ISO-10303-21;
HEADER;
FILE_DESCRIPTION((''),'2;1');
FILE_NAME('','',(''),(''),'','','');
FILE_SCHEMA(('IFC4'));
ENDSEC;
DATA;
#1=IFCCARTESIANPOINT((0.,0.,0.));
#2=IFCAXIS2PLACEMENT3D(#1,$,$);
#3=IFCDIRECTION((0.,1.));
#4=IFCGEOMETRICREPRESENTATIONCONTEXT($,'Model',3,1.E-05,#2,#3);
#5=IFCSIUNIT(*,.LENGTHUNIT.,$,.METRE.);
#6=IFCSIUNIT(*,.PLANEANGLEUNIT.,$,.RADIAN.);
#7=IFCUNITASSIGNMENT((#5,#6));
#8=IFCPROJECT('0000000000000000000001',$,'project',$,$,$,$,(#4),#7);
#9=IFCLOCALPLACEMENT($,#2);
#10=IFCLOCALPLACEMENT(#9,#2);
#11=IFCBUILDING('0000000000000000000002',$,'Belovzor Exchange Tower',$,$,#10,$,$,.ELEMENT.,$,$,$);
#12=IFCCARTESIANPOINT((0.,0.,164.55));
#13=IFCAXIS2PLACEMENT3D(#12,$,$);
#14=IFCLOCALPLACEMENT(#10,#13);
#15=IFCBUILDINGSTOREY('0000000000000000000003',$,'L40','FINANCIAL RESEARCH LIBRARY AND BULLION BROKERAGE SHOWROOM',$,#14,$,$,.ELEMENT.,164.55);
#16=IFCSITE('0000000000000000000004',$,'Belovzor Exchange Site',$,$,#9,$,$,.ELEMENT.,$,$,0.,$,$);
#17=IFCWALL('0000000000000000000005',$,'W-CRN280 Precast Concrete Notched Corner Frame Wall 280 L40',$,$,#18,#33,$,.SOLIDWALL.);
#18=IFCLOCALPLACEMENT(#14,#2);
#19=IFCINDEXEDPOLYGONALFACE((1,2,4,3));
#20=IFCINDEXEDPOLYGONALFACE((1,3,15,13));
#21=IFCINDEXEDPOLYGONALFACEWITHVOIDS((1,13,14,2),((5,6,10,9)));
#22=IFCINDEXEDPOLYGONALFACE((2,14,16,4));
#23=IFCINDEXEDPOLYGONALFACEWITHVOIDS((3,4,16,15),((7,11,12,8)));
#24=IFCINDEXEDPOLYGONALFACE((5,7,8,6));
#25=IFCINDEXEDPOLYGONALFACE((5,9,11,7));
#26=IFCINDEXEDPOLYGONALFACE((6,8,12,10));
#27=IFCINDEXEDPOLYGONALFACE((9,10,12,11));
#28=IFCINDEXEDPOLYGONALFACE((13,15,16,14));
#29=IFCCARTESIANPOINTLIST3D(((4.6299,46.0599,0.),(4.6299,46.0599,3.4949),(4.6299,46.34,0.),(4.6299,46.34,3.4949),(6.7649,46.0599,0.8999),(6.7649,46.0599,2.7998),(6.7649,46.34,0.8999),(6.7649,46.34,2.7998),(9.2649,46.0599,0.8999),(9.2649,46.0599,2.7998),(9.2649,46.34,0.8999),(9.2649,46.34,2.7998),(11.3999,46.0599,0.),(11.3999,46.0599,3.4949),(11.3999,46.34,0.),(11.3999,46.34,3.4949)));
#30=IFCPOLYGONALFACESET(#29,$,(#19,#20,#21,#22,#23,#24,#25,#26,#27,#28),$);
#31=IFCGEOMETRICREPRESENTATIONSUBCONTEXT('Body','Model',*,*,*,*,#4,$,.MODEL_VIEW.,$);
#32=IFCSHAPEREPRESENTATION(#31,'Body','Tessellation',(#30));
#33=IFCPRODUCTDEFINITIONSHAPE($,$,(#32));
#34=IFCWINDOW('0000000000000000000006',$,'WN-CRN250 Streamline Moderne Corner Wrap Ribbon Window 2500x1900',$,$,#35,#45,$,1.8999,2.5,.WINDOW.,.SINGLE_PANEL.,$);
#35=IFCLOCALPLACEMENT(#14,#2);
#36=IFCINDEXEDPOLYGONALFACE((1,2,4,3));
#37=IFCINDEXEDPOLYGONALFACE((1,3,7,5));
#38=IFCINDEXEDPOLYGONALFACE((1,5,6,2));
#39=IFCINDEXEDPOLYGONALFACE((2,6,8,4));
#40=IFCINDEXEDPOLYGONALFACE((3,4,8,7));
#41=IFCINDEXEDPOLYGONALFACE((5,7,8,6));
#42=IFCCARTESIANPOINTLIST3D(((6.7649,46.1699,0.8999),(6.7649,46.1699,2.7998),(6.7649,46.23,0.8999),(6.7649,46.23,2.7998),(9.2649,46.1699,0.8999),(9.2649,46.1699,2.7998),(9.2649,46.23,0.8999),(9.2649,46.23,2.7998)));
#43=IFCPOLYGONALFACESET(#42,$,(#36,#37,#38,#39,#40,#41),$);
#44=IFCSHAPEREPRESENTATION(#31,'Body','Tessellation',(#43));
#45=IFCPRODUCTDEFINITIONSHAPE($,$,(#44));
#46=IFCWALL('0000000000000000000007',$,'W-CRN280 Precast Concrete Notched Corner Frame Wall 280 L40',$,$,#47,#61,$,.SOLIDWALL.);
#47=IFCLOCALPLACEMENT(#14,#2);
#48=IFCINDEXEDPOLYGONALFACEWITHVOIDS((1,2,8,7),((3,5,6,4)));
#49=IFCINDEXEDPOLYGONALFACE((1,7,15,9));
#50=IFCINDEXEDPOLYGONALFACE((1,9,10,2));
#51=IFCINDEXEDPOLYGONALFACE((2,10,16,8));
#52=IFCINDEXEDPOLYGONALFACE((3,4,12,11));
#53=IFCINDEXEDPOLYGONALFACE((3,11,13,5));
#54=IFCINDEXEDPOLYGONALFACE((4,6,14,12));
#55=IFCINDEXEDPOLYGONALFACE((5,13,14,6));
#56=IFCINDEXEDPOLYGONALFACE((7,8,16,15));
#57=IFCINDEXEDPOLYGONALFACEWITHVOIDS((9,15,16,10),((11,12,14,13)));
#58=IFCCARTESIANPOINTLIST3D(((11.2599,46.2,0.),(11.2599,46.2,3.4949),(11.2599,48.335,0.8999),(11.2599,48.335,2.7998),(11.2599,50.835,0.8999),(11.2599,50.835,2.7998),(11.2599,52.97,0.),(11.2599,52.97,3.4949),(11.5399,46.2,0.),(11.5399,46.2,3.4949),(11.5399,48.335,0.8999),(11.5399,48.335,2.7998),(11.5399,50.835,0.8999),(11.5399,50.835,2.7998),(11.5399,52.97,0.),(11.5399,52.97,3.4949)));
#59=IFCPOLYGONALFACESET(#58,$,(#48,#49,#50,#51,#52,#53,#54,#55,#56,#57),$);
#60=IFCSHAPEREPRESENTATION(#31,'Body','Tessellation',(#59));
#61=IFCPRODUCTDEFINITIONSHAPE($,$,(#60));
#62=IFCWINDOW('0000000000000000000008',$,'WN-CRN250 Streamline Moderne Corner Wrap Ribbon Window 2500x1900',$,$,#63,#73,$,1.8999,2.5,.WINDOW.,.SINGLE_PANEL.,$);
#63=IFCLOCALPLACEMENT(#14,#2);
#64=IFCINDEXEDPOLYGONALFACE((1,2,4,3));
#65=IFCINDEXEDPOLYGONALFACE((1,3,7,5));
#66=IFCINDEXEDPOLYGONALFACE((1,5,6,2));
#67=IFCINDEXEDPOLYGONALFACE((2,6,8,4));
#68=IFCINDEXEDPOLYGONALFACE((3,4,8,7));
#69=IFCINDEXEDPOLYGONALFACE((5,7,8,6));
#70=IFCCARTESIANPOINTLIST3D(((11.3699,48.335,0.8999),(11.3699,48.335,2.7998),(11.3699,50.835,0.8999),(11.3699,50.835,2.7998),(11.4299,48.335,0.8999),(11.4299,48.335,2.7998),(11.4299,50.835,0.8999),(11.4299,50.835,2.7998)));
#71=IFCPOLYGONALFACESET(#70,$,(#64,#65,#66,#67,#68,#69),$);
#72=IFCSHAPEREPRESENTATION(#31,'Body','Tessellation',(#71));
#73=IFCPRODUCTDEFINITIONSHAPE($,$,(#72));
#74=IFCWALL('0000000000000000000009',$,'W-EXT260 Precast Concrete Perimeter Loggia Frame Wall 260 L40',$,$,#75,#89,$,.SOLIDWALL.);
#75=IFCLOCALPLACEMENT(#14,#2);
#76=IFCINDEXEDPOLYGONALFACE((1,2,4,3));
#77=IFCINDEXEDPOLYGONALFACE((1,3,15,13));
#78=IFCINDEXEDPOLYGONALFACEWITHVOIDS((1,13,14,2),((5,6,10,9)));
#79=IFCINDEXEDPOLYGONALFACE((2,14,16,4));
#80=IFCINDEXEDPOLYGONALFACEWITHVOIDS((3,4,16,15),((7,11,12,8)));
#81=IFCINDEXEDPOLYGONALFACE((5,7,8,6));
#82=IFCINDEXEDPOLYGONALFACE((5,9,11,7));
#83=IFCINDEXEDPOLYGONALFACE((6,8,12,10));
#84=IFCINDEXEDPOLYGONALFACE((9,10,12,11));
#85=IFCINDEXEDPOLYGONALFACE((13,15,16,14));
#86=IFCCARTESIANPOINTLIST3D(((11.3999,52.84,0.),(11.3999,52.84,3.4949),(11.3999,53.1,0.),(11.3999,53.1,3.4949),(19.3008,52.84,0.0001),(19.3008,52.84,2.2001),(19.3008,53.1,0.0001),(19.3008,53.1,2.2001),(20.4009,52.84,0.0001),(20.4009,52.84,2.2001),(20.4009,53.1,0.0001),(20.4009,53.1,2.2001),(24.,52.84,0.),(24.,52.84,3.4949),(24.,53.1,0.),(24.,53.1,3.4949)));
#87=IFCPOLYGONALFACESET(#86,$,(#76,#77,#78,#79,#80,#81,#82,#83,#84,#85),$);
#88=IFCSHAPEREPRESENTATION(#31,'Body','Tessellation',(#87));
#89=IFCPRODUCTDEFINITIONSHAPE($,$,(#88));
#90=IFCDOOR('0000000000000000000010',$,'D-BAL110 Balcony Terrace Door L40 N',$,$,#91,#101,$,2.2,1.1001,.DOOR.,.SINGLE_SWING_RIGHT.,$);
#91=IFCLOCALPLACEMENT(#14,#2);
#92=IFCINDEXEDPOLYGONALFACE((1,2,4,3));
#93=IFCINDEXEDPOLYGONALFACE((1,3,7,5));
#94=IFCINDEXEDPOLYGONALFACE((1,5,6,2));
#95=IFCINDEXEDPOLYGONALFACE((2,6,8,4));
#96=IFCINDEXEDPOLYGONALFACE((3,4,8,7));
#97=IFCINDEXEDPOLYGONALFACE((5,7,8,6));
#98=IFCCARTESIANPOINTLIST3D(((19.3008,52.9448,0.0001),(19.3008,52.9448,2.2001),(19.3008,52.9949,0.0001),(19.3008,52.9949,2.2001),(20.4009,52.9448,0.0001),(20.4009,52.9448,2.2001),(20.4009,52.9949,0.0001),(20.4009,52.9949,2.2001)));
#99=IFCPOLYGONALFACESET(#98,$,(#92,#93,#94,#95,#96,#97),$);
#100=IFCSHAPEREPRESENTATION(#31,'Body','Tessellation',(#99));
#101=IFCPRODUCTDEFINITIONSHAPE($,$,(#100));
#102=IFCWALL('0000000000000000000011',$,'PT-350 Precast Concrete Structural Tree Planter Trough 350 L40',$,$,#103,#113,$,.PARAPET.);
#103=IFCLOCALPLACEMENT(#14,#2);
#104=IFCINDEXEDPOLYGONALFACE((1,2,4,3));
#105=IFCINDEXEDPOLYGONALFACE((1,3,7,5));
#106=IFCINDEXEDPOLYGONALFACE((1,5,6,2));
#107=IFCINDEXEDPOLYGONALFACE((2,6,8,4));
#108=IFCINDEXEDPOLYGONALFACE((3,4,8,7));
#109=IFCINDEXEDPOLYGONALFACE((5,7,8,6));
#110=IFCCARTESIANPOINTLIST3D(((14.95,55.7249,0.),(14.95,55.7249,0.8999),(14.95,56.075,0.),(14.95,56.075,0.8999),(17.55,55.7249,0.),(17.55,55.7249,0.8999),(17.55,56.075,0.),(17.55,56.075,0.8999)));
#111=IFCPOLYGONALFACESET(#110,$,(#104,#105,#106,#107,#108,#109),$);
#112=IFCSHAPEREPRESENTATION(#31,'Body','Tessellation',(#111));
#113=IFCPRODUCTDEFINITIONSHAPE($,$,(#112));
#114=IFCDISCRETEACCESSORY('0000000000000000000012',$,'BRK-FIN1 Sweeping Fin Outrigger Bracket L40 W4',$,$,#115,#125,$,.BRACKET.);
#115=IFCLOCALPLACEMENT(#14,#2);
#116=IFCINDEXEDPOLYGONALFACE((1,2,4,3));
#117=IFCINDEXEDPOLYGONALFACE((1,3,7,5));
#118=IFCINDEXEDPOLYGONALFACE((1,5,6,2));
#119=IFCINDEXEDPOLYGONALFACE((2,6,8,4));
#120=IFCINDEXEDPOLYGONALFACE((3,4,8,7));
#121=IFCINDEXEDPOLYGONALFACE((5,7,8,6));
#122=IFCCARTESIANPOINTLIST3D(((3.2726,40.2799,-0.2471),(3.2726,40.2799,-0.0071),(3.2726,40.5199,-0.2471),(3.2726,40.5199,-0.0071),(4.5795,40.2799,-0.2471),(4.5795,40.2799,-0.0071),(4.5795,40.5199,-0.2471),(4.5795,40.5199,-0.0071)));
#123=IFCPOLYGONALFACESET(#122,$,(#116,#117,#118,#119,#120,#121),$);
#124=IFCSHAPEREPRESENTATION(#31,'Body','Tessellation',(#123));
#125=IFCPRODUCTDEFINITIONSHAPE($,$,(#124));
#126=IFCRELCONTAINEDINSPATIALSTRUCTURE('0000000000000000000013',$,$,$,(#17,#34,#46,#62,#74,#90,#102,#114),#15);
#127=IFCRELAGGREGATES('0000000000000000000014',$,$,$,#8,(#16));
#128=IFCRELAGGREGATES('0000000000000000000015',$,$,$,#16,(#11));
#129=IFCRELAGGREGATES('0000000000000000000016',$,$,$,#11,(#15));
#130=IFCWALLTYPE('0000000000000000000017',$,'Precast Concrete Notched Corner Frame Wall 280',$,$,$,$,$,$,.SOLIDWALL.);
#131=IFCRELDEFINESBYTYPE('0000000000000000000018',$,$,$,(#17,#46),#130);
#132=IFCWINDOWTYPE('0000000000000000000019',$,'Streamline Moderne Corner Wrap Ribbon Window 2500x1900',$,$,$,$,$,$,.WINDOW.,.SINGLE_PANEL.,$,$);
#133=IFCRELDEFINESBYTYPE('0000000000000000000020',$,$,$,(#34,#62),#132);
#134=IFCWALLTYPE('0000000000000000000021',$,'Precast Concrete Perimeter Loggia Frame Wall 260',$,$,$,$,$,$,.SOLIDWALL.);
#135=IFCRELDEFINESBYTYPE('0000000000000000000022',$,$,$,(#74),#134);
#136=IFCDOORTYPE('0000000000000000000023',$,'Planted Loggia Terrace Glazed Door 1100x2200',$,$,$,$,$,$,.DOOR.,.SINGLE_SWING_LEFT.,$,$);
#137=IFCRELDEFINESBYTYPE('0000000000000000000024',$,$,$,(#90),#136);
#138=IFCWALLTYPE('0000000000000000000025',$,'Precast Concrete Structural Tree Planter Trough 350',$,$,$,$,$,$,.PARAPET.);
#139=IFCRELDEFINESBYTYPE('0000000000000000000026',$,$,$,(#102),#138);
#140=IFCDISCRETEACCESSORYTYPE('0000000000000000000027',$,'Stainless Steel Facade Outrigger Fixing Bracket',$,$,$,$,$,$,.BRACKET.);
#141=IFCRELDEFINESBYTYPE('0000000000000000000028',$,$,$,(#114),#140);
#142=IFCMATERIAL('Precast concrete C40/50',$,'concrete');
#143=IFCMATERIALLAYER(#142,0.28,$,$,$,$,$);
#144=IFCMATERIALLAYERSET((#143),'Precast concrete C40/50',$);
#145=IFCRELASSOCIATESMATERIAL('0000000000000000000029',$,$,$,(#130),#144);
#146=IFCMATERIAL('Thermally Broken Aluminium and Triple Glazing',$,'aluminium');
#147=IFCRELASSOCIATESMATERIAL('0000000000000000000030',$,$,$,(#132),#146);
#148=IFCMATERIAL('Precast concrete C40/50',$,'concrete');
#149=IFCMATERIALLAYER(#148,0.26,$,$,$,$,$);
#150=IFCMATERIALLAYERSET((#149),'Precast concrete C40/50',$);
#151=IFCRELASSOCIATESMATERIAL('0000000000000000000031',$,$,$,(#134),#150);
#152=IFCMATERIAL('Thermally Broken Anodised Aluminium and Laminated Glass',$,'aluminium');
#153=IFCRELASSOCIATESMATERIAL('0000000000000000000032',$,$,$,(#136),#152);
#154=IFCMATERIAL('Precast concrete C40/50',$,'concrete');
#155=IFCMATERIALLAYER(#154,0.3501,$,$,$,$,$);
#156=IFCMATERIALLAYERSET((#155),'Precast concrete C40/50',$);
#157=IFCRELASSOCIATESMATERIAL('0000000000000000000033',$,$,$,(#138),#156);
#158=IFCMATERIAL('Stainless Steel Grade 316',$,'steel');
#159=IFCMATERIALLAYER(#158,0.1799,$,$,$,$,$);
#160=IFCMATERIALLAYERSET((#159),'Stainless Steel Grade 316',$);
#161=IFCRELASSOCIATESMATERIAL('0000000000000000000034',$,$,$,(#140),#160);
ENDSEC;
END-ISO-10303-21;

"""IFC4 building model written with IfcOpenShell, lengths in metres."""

from ifc_helpers import new_model, si_unit, direction, frame, frame_2d, origin, origin_2d, place, context, subcontext, project, spatial, rectangle, extrude, material, layer, layer_set, type_object, element, fill, save


model = new_model("IFC4")

# Units and contexts
model_context = context("Model", 3, precision=1e-05, world=origin(), true_north=direction((0.0, 1.0)))
body_context = subcontext(model_context, "Body", "Model", "MODEL_VIEW")
ifc_project = project(units=[si_unit("LENGTHUNIT", "METRE"), si_unit("PLANEANGLEUNIT", "RADIAN")], contexts=[model_context])

# Site, building, storey
site_placement = place(None, origin())
site = spatial("IfcSite", under=ifc_project, at=site_placement, Name="Belovzor Exchange Site", CompositionType="ELEMENT", RefElevation=0.0)
building_placement = place(site_placement, origin())
building = spatial("IfcBuilding", under=site, at=building_placement, Name="Belovzor Exchange Tower", CompositionType="ELEMENT")
storey_placement = place(building_placement, frame((0.0, 0.0, 164.55)))
storey = spatial("IfcBuildingStorey", under=building, at=storey_placement, Name="L40", Description="FINANCIAL RESEARCH LIBRARY AND BULLION BROKERAGE SHOWROOM", CompositionType="ELEMENT", Elevation=164.55)

# Walls, openings, windows
ifc_material_1 = material(Name="Precast concrete C40/50", Category="concrete")
ifc_layer_1 = layer(ifc_material_1, 0.28)
ifc_layer_set_1 = layer_set([ifc_layer_1], Name="Precast concrete C40/50")
wall_type_1 = type_object("IfcWallType", Name="Precast Concrete Notched Corner Frame Wall 280", PredefinedType="SOLIDWALL", material=ifc_layer_set_1)
wall_1_placement = place(storey_placement, frame((4.6299, 46.2, 0.0), z_axis=(0.0, 0.0, 1.0), x_axis=(1.0, 0.0, 0.0)))
wall_1 = element("IfcWall", 1, at=wall_1_placement, inside=storey, type_object=wall_type_1, Name="W-CRN280 Precast Concrete Notched Corner Frame Wall 280 L40", PredefinedType="SOLIDWALL", context=body_context, shape_type="SweptSolid", body=[
    extrude(rectangle(XDim=6.77, YDim=0.28, at=frame_2d((3.385, 0.0))), origin(), (0.0, 0.0, 1.0), 3.4949),
])
opening_1_placement = place(wall_1_placement, frame((2.135, 0.0, 0.8999)))
opening_1 = element("IfcOpeningElement", 2, at=opening_1_placement, cuts=wall_1, PredefinedType="OPENING", context=body_context, shape_type="SweptSolid", body=[
    extrude(rectangle(XDim=2.5, YDim=1.8999, at=frame_2d((1.25, 0.95))), frame((0.0, 0.1499, 0.0), z_axis=(0.0, -1.0, 0.0), x_axis=(1.0, 0.0, 0.0)), (0.0, 0.0, 1.0), 0.3),
])
ifc_material_2 = material(Name="Thermally Broken Aluminium and Triple Glazing", Category="aluminium")
window_type = type_object("IfcWindowType", Name="Streamline Moderne Corner Wrap Ribbon Window 2500x1900", PartitioningType="SINGLE_PANEL", PredefinedType="WINDOW", material=ifc_material_2)
window_1_placement = place(opening_1_placement, origin())
window_1 = element("IfcWindow", 3, at=window_1_placement, inside=storey, type_object=window_type, Name="WN-CRN250 Streamline Moderne Corner Wrap Ribbon Window 2500x1900", OverallHeight=1.8999, OverallWidth=2.5, PartitioningType="SINGLE_PANEL", PredefinedType="WINDOW", context=body_context, shape_type="SweptSolid", body=[
    extrude(rectangle(XDim=2.5, YDim=1.8999, at=frame_2d((1.25, 0.95))), frame((0.0, 0.03, 0.0), z_axis=(0.0, -1.0, 0.0), x_axis=(1.0, 0.0, 0.0)), (0.0, 0.0, 1.0), 0.0601),
])
fill(opening_1, window_1)
wall_2_placement = place(storey_placement, frame((11.3999, 46.2, 0.0), z_axis=(0.0, 0.0, 1.0), x_axis=(0.0, 1.0, 0.0)))
wall_2 = element("IfcWall", 4, at=wall_2_placement, inside=storey, type_object=wall_type_1, Name="W-CRN280 Precast Concrete Notched Corner Frame Wall 280 L40", PredefinedType="SOLIDWALL", context=body_context, shape_type="SweptSolid", body=[
    extrude(rectangle(XDim=6.77, YDim=0.28, at=frame_2d((3.385, 0.0))), origin(), (0.0, 0.0, 1.0), 3.4949),
])
opening_2_placement = place(wall_2_placement, frame((2.135, 0.0, 0.8999)))
opening_2 = element("IfcOpeningElement", 5, at=opening_2_placement, cuts=wall_2, PredefinedType="OPENING", context=body_context, shape_type="SweptSolid", body=[
    extrude(rectangle(XDim=2.5, YDim=1.8999, at=frame_2d((1.25, 0.95))), frame((0.0, 0.1499, 0.0), z_axis=(0.0, -1.0, 0.0), x_axis=(1.0, 0.0, 0.0)), (0.0, 0.0, 1.0), 0.3),
])
window_2_placement = place(opening_2_placement, origin())
window_2 = element("IfcWindow", 6, at=window_2_placement, inside=storey, type_object=window_type, Name="WN-CRN250 Streamline Moderne Corner Wrap Ribbon Window 2500x1900", OverallHeight=1.8999, OverallWidth=2.5, PartitioningType="SINGLE_PANEL", PredefinedType="WINDOW", context=body_context, shape_type="SweptSolid", body=[
    extrude(rectangle(XDim=2.5, YDim=1.8999, at=frame_2d((1.25, 0.95))), frame((0.0, 0.03, 0.0), z_axis=(0.0, -1.0, 0.0), x_axis=(1.0, 0.0, 0.0)), (0.0, 0.0, 1.0), 0.0601),
])
fill(opening_2, window_2)

# Wall, opening, door
ifc_material_3 = material(Name="Precast concrete C40/50", Category="concrete")
ifc_layer_2 = layer(ifc_material_3, 0.26)
ifc_layer_set_2 = layer_set([ifc_layer_2], Name="Precast concrete C40/50")
wall_type_2 = type_object("IfcWallType", Name="Precast Concrete Perimeter Loggia Frame Wall 260", PredefinedType="SOLIDWALL", material=ifc_layer_set_2)
wall_3_placement = place(storey_placement, frame((11.3999, 52.97, 0.0), z_axis=(0.0, 0.0, 1.0), x_axis=(1.0, 0.0, 0.0)))
wall_3 = element("IfcWall", 7, at=wall_3_placement, inside=storey, type_object=wall_type_2, Name="W-EXT260 Precast Concrete Perimeter Loggia Frame Wall 260 L40", PredefinedType="SOLIDWALL", context=body_context, shape_type="SweptSolid", body=[
    extrude(rectangle(XDim=12.6001, YDim=0.26, at=frame_2d((6.3, 0.0))), origin(), (0.0, 0.0, 1.0), 3.4949),
])
opening_3_placement = place(wall_3_placement, frame((7.9009, 0.0, 0.0)))
opening_3 = element("IfcOpeningElement", 8, at=opening_3_placement, cuts=wall_3, PredefinedType="OPENING", context=body_context, shape_type="SweptSolid", body=[
    extrude(rectangle(XDim=1.1001, YDim=2.2, at=frame_2d((0.55, 1.1001))), frame((0.0, 0.1399, 0.0), z_axis=(0.0, -1.0, 0.0), x_axis=(1.0, 0.0, 0.0)), (0.0, 0.0, 1.0), 0.28),
])
ifc_material_4 = material(Name="Thermally Broken Anodised Aluminium and Laminated Glass", Category="aluminium")
door_type_1 = type_object("IfcDoorType", Name="Planted Loggia Terrace Glazed Door 1100x2200", OperationType="SINGLE_SWING_LEFT", PredefinedType="DOOR", material=ifc_material_4)
door_1_placement = place(opening_3_placement, origin())
door_1 = element("IfcDoor", 9, at=door_1_placement, inside=storey, type_object=door_type_1, Name="D-BAL110 Balcony Terrace Door L40 N", OperationType="SINGLE_SWING_RIGHT", OverallHeight=2.2, OverallWidth=1.1001, PredefinedType="DOOR", context=body_context, shape_type="SweptSolid", body=[
    extrude(rectangle(XDim=1.1001, YDim=2.2, at=frame_2d((0.55, 1.1001))), frame((0.0, 0.0249, 0.0), z_axis=(0.0, -1.0, 0.0), x_axis=(1.0, 0.0, 0.0)), (0.0, 0.0, 1.0), 0.05),
])
fill(opening_3, door_1)

# Wall
ifc_material_5 = material(Name="Precast concrete C40/50", Category="concrete")
ifc_layer_3 = layer(ifc_material_5, 0.3501)
ifc_layer_set_3 = layer_set([ifc_layer_3], Name="Precast concrete C40/50")
wall_type_3 = type_object("IfcWallType", Name="Precast Concrete Structural Tree Planter Trough 350", PredefinedType="PARAPET", material=ifc_layer_set_3)
wall_4_placement = place(storey_placement, frame((14.95, 55.8999, 0.0), z_axis=(0.0, 0.0, 1.0), x_axis=(1.0, 0.0, 0.0)))
element("IfcWall", 10, at=wall_4_placement, inside=storey, type_object=wall_type_3, Name="PT-350 Precast Concrete Structural Tree Planter Trough 350 L40", PredefinedType="PARAPET", context=body_context, shape_type="SweptSolid", body=[
    extrude(rectangle(XDim=2.6001, YDim=0.3501, at=frame_2d((1.3, 0.0))), origin(), (0.0, 0.0, 1.0), 0.8999),
])

# Discrete accessory
ifc_material_6 = material(Name="Stainless Steel Grade 316", Category="steel")
ifc_layer_4 = layer(ifc_material_6, 0.1799)
ifc_layer_set_4 = layer_set([ifc_layer_4], Name="Stainless Steel Grade 316")
discrete_accessory_type = type_object("IfcDiscreteAccessoryType", Name="Stainless Steel Facade Outrigger Fixing Bracket", PredefinedType="BRACKET", material=ifc_layer_set_4)
discrete_accessory_placement = place(storey_placement, frame((3.926, 40.3999, -0.2471), z_axis=(0.0, 0.0, 1.0), x_axis=(1.0, 0.0, 0.0)))
element("IfcDiscreteAccessory", 11, at=discrete_accessory_placement, inside=storey, type_object=discrete_accessory_type, Name="BRK-FIN1 Sweeping Fin Outrigger Bracket L40 W4", PredefinedType="BRACKET", context=body_context, shape_type="SweptSolid", body=[
    extrude(rectangle(XDim=1.3069, YDim=0.24, at=origin_2d()), origin(), (0.0, 0.0, 1.0), 0.24),
])

save(model, "model.ifc")
